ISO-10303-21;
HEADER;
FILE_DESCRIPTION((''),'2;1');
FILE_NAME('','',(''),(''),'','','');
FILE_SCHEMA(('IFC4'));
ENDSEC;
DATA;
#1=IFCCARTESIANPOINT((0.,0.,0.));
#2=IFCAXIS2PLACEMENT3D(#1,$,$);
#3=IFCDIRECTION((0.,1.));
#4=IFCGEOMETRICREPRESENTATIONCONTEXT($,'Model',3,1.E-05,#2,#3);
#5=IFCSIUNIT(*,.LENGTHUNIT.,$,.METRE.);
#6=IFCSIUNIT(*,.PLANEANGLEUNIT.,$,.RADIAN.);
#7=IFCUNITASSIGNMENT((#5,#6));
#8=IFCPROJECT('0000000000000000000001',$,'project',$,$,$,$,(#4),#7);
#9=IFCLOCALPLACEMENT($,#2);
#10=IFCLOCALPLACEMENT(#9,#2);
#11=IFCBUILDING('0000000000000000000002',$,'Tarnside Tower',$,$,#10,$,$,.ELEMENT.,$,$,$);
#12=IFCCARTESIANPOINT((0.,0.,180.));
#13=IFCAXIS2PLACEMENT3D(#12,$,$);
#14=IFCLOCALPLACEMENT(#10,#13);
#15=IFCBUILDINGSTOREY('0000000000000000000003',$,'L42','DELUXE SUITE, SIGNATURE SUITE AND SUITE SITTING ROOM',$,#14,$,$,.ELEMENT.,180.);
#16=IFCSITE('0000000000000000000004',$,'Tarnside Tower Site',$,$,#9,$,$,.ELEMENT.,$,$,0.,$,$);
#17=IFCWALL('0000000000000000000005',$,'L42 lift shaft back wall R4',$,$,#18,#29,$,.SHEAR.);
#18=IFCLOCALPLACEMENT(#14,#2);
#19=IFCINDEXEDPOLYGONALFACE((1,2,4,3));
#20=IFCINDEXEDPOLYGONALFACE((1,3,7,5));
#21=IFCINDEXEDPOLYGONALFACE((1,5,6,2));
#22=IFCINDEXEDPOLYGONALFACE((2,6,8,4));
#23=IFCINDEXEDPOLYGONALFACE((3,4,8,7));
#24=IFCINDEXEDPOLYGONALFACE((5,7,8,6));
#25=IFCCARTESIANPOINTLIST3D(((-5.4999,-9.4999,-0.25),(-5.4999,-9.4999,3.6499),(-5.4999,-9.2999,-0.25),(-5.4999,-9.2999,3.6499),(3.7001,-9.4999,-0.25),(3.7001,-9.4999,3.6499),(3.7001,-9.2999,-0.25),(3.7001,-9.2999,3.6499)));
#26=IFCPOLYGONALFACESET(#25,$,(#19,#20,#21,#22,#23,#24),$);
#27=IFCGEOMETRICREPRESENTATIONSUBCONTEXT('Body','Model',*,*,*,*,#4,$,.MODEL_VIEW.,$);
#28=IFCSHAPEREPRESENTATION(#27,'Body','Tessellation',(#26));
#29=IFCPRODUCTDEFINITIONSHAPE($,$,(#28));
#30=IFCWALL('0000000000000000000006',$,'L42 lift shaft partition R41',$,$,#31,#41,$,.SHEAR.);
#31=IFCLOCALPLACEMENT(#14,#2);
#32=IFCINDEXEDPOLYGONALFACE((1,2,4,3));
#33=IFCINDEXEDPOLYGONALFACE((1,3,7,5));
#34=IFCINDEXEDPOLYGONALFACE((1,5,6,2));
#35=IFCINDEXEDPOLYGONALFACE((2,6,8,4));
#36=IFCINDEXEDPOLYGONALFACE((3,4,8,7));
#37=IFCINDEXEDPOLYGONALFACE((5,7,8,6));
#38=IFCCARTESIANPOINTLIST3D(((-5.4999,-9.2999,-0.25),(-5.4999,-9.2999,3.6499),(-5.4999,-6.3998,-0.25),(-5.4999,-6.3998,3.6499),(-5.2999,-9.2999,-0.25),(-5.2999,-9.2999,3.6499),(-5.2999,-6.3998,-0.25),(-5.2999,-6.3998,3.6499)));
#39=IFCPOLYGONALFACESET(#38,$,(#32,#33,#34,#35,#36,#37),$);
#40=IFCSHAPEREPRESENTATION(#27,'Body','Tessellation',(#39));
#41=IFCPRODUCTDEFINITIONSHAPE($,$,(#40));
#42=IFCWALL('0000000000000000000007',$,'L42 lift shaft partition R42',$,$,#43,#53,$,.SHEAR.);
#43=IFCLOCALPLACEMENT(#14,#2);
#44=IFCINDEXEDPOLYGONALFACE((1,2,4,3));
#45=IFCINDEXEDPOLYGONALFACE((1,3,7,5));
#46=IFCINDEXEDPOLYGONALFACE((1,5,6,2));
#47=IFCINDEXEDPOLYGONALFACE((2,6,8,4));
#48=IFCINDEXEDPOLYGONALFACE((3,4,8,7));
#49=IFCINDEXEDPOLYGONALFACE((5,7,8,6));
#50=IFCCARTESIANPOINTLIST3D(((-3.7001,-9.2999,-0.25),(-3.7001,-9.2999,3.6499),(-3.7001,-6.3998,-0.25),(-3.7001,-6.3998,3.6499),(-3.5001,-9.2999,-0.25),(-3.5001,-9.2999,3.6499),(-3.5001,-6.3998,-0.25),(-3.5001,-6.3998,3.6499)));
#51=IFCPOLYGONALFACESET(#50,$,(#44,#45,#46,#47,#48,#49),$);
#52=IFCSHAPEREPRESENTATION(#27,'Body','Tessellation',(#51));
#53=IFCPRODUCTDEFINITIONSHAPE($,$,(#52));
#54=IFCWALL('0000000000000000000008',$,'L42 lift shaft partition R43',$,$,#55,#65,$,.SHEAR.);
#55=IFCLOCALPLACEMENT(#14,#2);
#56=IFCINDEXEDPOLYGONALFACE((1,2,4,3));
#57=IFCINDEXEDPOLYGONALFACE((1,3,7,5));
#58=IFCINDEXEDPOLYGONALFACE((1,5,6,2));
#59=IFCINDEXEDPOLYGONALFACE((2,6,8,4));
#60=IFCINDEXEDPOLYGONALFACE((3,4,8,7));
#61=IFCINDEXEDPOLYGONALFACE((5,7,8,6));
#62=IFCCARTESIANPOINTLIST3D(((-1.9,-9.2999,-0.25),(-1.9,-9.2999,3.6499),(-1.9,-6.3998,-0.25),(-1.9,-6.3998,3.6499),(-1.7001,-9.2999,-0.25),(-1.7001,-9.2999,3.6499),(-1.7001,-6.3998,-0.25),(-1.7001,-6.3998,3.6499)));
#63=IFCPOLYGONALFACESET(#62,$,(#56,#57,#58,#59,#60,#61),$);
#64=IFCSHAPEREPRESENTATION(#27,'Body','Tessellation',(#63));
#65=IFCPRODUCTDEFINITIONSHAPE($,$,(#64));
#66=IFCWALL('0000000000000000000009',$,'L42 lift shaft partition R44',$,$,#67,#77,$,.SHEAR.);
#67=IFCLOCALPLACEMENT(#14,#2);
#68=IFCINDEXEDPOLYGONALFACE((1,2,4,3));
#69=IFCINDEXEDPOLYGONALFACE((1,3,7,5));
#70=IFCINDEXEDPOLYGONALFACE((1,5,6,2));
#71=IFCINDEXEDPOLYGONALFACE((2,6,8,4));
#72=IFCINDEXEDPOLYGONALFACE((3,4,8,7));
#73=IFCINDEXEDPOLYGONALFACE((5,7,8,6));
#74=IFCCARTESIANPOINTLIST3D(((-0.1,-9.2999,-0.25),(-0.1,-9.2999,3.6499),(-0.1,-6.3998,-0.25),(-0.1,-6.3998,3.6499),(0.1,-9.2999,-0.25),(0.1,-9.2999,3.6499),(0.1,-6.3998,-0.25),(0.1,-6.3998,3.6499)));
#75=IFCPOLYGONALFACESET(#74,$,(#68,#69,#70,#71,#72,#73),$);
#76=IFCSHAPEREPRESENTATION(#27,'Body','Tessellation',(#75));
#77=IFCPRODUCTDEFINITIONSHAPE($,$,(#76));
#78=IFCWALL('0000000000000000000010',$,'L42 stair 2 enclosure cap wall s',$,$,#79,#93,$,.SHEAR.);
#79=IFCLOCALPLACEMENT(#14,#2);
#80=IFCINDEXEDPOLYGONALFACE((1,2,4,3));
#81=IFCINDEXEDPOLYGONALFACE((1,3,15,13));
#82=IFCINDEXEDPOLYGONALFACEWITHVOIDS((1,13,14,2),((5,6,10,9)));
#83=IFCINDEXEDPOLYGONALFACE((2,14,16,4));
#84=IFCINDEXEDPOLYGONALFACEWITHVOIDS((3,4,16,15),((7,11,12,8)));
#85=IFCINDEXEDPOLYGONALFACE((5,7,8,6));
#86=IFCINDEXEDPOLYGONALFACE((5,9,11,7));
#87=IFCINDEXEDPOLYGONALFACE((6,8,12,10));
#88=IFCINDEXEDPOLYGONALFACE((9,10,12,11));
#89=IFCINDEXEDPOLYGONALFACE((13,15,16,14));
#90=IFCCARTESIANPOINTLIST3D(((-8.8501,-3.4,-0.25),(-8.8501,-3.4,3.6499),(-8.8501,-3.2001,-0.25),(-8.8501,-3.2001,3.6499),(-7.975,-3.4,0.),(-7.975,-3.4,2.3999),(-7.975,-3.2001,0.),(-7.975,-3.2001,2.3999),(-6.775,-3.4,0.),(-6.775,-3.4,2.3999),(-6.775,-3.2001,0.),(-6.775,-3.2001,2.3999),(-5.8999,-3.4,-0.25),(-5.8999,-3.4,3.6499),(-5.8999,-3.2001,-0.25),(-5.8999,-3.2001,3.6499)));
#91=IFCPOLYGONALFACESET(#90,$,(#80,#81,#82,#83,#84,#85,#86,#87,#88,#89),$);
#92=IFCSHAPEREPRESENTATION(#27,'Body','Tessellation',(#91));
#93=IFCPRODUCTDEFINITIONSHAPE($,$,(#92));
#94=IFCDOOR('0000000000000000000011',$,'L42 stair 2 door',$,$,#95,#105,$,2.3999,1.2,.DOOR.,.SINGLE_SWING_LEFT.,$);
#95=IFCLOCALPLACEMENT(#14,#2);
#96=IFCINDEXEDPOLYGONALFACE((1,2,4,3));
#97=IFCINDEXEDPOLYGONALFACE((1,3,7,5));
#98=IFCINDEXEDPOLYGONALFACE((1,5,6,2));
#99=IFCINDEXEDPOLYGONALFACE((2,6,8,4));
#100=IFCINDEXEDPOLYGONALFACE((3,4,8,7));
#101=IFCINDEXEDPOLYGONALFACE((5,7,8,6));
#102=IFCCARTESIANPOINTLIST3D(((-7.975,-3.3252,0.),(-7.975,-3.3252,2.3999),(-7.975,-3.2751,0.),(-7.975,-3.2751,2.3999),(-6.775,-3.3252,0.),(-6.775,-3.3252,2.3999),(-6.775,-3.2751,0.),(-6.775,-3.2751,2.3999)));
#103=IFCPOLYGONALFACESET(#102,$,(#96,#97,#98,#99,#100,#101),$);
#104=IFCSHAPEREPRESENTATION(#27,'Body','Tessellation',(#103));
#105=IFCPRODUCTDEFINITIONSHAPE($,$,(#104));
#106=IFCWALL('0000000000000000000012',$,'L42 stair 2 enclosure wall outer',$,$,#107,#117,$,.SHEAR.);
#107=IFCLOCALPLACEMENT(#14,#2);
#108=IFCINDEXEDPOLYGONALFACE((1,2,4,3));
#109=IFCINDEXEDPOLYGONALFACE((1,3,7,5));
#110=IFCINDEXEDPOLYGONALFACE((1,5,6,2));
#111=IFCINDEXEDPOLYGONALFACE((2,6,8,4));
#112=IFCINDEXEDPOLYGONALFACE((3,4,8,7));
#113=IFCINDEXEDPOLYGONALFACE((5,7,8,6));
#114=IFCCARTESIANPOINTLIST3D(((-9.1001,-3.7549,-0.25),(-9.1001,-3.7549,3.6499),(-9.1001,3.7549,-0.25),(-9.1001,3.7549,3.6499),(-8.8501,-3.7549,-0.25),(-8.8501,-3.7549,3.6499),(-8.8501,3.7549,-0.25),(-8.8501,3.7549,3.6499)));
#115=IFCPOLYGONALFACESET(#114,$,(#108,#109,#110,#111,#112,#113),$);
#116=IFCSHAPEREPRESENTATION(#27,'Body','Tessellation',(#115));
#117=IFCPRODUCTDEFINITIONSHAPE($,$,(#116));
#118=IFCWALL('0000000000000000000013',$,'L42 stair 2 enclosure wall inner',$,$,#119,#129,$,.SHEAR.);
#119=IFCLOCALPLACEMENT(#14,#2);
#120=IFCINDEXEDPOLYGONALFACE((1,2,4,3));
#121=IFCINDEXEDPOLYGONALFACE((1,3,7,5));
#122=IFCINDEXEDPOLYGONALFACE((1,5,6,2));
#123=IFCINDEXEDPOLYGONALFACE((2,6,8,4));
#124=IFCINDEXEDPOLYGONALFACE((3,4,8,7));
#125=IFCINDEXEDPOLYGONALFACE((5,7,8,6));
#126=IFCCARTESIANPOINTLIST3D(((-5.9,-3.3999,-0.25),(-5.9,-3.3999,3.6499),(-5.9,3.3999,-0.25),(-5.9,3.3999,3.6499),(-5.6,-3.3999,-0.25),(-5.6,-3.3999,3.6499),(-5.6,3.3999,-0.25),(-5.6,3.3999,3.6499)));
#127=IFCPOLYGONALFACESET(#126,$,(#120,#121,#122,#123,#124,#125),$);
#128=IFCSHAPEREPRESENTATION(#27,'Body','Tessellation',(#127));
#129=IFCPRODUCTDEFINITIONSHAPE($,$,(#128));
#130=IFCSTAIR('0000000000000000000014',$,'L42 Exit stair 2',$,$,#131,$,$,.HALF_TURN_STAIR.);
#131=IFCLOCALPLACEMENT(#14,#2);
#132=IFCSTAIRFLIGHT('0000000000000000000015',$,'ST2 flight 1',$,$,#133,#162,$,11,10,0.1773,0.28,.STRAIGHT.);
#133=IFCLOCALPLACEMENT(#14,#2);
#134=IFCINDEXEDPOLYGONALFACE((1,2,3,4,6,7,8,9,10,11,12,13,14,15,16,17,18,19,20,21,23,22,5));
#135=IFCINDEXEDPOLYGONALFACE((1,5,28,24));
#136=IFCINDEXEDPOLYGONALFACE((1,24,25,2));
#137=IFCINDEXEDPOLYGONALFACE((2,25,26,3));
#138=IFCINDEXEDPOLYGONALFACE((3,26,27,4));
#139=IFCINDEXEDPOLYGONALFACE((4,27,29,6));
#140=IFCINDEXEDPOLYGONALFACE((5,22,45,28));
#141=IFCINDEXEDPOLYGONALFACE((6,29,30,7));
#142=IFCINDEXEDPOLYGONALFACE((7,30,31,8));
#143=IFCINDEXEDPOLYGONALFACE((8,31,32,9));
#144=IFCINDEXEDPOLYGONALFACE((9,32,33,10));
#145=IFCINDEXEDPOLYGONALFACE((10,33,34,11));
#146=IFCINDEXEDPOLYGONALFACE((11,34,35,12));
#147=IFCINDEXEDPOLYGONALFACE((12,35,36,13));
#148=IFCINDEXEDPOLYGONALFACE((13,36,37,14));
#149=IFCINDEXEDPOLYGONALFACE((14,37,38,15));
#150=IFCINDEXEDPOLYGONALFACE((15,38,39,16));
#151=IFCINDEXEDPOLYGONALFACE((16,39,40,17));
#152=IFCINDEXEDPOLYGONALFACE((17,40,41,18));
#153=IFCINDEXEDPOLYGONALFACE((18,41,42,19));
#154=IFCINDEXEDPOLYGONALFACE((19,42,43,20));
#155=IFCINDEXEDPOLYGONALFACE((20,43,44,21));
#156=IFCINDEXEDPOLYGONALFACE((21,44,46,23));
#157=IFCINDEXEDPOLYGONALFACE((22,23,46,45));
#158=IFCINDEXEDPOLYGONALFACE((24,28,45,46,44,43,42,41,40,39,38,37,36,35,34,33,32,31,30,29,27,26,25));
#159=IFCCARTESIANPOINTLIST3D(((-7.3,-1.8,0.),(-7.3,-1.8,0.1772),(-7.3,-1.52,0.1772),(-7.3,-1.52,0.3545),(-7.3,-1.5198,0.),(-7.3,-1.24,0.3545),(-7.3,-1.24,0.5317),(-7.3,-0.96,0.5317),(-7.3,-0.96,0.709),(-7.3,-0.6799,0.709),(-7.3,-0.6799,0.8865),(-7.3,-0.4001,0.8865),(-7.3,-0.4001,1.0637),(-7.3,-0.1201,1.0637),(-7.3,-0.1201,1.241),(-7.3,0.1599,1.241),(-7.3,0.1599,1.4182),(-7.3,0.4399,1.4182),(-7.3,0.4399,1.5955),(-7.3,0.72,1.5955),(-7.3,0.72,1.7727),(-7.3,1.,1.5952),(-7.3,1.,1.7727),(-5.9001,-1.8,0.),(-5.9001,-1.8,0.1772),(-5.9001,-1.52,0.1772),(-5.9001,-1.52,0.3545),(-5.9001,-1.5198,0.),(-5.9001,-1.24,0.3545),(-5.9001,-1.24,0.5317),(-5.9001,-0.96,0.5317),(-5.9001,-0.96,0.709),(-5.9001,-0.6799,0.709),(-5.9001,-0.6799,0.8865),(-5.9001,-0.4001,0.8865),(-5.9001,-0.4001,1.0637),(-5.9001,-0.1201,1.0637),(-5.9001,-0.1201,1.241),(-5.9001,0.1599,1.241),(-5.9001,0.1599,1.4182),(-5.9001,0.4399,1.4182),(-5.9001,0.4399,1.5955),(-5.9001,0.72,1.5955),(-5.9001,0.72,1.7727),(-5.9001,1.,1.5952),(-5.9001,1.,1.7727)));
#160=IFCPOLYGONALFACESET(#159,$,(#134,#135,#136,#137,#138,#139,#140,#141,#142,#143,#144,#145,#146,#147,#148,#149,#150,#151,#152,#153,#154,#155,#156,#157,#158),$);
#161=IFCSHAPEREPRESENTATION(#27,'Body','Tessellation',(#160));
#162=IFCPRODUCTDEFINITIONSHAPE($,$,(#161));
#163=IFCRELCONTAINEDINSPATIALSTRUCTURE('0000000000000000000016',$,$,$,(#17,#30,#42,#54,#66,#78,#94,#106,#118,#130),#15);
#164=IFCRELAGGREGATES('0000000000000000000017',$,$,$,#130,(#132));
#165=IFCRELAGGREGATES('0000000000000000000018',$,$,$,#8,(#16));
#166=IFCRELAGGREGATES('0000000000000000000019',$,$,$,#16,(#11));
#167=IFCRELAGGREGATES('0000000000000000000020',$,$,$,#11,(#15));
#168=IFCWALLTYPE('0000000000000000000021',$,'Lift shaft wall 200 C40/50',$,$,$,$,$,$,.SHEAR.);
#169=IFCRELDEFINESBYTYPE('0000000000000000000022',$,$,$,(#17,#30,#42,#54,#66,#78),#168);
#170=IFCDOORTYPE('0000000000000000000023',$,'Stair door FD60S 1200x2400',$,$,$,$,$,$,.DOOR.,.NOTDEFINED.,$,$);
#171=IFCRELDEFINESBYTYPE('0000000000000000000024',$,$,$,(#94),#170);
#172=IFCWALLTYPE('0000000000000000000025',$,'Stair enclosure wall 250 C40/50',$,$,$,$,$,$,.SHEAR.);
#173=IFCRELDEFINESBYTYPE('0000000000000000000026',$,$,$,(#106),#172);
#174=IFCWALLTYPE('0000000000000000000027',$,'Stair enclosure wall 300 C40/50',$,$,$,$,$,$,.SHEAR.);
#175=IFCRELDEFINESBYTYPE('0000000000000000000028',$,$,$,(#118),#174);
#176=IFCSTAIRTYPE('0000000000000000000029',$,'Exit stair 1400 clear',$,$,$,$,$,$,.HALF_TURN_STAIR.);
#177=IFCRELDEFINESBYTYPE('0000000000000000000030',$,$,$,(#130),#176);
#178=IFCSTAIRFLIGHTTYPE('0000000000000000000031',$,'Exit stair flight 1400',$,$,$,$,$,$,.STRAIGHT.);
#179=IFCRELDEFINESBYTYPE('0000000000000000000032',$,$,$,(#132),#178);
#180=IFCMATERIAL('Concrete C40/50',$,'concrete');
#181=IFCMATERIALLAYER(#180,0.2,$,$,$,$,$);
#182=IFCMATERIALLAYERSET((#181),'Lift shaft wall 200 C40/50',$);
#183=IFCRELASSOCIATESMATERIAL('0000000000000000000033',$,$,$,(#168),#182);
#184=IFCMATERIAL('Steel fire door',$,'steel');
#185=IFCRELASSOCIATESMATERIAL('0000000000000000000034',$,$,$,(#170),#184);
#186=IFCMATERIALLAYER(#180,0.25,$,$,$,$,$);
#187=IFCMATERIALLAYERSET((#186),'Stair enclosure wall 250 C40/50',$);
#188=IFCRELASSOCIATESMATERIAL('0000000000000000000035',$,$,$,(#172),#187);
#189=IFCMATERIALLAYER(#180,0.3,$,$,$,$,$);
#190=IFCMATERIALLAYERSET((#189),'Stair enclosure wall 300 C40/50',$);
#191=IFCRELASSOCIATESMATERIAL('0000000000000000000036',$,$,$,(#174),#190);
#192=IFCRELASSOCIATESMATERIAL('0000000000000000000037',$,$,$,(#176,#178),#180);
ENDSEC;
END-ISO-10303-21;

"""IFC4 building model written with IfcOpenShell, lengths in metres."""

from ifc_helpers import new_model, si_unit, direction, frame, frame_2d, origin, place, context, subcontext, project, spatial, polyline, rectangle, outline, extrude, material, layer, layer_set, type_object, element, fill, aggregate, save


model = new_model("IFC4")

# Units and contexts
model_context = context("Model", 3, precision=1e-05, world=origin(), true_north=direction((0.0, 1.0)))
body_context = subcontext(model_context, "Body", "Model", "MODEL_VIEW")
ifc_project = project(units=[si_unit("LENGTHUNIT", "METRE"), si_unit("PLANEANGLEUNIT", "RADIAN")], contexts=[model_context])

# Site, building, storey
site_placement = place(None, origin())
site = spatial("IfcSite", under=ifc_project, at=site_placement, Name="Tarnside Tower Site", CompositionType="ELEMENT", RefElevation=0.0)
building_placement = place(site_placement, origin())
building = spatial("IfcBuilding", under=site, at=building_placement, Name="Tarnside Tower", CompositionType="ELEMENT")
storey_placement = place(building_placement, frame((0.0, 0.0, 180.0)))
storey = spatial("IfcBuildingStorey", under=building, at=storey_placement, Name="L42", Description="DELUXE SUITE, SIGNATURE SUITE AND SUITE SITTING ROOM", CompositionType="ELEMENT", Elevation=180.0)

# Shared definitions
ifc_material_1 = material(Name="Concrete C40/50", Category="concrete")

# Shared definitions
ifc_layer_1 = layer(ifc_material_1, 0.2)
ifc_layer_set_1 = layer_set([ifc_layer_1], Name="Lift shaft wall 200 C40/50")
wall_type_1 = type_object("IfcWallType", Name="Lift shaft wall 200 C40/50", PredefinedType="SHEAR", material=ifc_layer_set_1)

# Walls
wall_1_placement = place(storey_placement, frame((-5.5, -9.3999, -0.25), z_axis=(0.0, 0.0, 1.0), x_axis=(1.0, 0.0, 0.0)))
element("IfcWall", 1, at=wall_1_placement, inside=storey, type_object=wall_type_1, Name="L42 lift shaft back wall R4", PredefinedType="SHEAR", context=body_context, shape_type="SweptSolid", body=[
    extrude(rectangle(XDim=9.2, YDim=0.2, at=frame_2d((4.6001, 0.0))), origin(), (0.0, 0.0, 1.0), 3.8999),
])
for number, where, z_axis, x_axis, name in (
    (2, (-5.3999, -9.3, -0.25), (0.0, 0.0, 1.0), (0.0, 1.0, 0.0), "L42 lift shaft partition R41"),
    (3, (-3.6001, -9.3, -0.25), (0.0, 0.0, 1.0), (0.0, 1.0, 0.0), "L42 lift shaft partition R42"),
    (4, (-1.8, -9.3, -0.25), (0.0, 0.0, 1.0), (0.0, 1.0, 0.0), "L42 lift shaft partition R43"),
    (5, (0.0, -9.3, -0.25), (0.0, 0.0, 1.0), (0.0, 1.0, 0.0), "L42 lift shaft partition R44"),
):
    element("IfcWall", number, at=place(storey_placement, frame(where, z_axis=z_axis, x_axis=x_axis)), inside=storey, type_object=wall_type_1, Name=name, PredefinedType="SHEAR", context=body_context, shape_type="SweptSolid", body=[
        extrude(rectangle(XDim=2.9001, YDim=0.2, at=frame_2d((1.4502, 0.0))), origin(), (0.0, 0.0, 1.0), 3.8999),
    ])

# Wall, opening, door
wall_2_placement = place(storey_placement, frame((-8.8501, -3.3, -0.25), z_axis=(0.0, 0.0, 1.0), x_axis=(1.0, 0.0, 0.0)))
wall_2 = element("IfcWall", 6, at=wall_2_placement, inside=storey, type_object=wall_type_1, Name="L42 stair 2 enclosure cap wall s", PredefinedType="SHEAR", context=body_context, shape_type="SweptSolid", body=[
    extrude(rectangle(XDim=2.9502, YDim=0.2, at=frame_2d((1.4751, 0.0))), origin(), (0.0, 0.0, 1.0), 3.8999),
])
opening_1_placement = place(wall_2_placement, frame((0.875, 0.0, 0.25)))
opening_1 = element("IfcOpeningElement", 7, at=opening_1_placement, cuts=wall_2, PredefinedType="OPENING", context=body_context, shape_type="SweptSolid", body=[
    extrude(rectangle(XDim=1.2, YDim=2.3999, at=frame_2d((0.6001, 1.2))), frame((0.0, 0.1099, 0.0), z_axis=(0.0, -1.0, 0.0), x_axis=(1.0, 0.0, 0.0)), (0.0, 0.0, 1.0), 0.22),
])
ifc_material_2 = material(Name="Steel fire door", Category="steel")
door_type_1 = type_object("IfcDoorType", Name="Stair door FD60S 1200x2400", OperationType="NOTDEFINED", PredefinedType="DOOR", material=ifc_material_2)
door_1_placement = place(opening_1_placement, origin())
door_1 = element("IfcDoor", 8, at=door_1_placement, inside=storey, type_object=door_type_1, Name="L42 stair 2 door", OperationType="SINGLE_SWING_LEFT", OverallHeight=2.3999, OverallWidth=1.2, PredefinedType="DOOR", context=body_context, shape_type="SweptSolid", body=[
    extrude(rectangle(XDim=1.2, YDim=2.3999, at=frame_2d((0.6001, 1.2))), frame((0.0, 0.0249, 0.0), z_axis=(0.0, -1.0, 0.0), x_axis=(1.0, 0.0, 0.0)), (0.0, 0.0, 1.0), 0.05),
])
fill(opening_1, door_1)

# Walls
ifc_layer_2 = layer(ifc_material_1, 0.25)
ifc_layer_set_2 = layer_set([ifc_layer_2], Name="Stair enclosure wall 250 C40/50")
wall_type_2 = type_object("IfcWallType", Name="Stair enclosure wall 250 C40/50", PredefinedType="SHEAR", material=ifc_layer_set_2)
wall_3_placement = place(storey_placement, frame((-8.9751, -3.7549, -0.25), z_axis=(0.0, 0.0, 1.0), x_axis=(0.0, 1.0, 0.0)))
element("IfcWall", 9, at=wall_3_placement, inside=storey, type_object=wall_type_2, Name="L42 stair 2 enclosure wall outer", PredefinedType="SHEAR", context=body_context, shape_type="SweptSolid", body=[
    extrude(rectangle(XDim=7.5098, YDim=0.25, at=frame_2d((3.7549, 0.0))), origin(), (0.0, 0.0, 1.0), 3.8999),
])
ifc_layer_3 = layer(ifc_material_1, 0.3)
ifc_layer_set_3 = layer_set([ifc_layer_3], Name="Stair enclosure wall 300 C40/50")
wall_type_3 = type_object("IfcWallType", Name="Stair enclosure wall 300 C40/50", PredefinedType="SHEAR", material=ifc_layer_set_3)
wall_4_placement = place(storey_placement, frame((-5.75, -3.3999, -0.25), z_axis=(0.0, 0.0, 1.0), x_axis=(0.0, 1.0, 0.0)))
element("IfcWall", 10, at=wall_4_placement, inside=storey, type_object=wall_type_3, Name="L42 stair 2 enclosure wall inner", PredefinedType="SHEAR", context=body_context, shape_type="SweptSolid", body=[
    extrude(rectangle(XDim=6.7998, YDim=0.3, at=frame_2d((3.3999, 0.0))), origin(), (0.0, 0.0, 1.0), 3.8999),
])

# Stair, stair flight
stair_type = type_object("IfcStairType", Name="Exit stair 1400 clear", PredefinedType="HALF_TURN_STAIR", material=ifc_material_1)
stair_placement = place(storey_placement, origin())
stair = element("IfcStair", 11, at=stair_placement, inside=storey, type_object=stair_type, Name="L42 Exit stair 2", PredefinedType="HALF_TURN_STAIR")
stair_flight_type = type_object("IfcStairFlightType", Name="Exit stair flight 1400", PredefinedType="STRAIGHT", material=ifc_material_1)
stair_flight_placement = place(storey_placement, frame((-6.6001, -1.8, 0.0), z_axis=(0.0, 0.0, 1.0), x_axis=(0.0, 1.0, 0.0)))
stair_flight = element("IfcStairFlight", 12, at=stair_flight_placement, type_object=stair_flight_type, Name="ST2 flight 1", NumberOfRisers=11, NumberOfTreads=10, PredefinedType="STRAIGHT", RiserHeight=0.1773, TreadLength=0.28, context=body_context, shape_type="SweptSolid", body=[
    extrude(outline(polyline([(0.0, 0.0), (0.0, 0.1772), (0.28, 0.1772), (0.28, 0.3545), (0.5601, 0.3545), (0.5601, 0.5317), (0.8401, 0.5317), (0.8401, 0.709), (1.1201, 0.709), (1.1201, 0.8865), (1.3999, 0.8865), (1.3999, 1.0637), (1.6799, 1.0637), (1.6799, 1.241), (1.96, 1.241), (1.96, 1.4182), (2.24, 1.4182), (2.24, 1.5955), (2.52, 1.5955), (2.52, 1.7727), (2.8, 1.7727), (2.8, 1.95), (2.8, 1.5952), (0.2803, 0.0), (0.0, 0.0)])), frame((0.0, 0.7, 0.0), z_axis=(0.0, -1.0, 0.0), x_axis=(1.0, 0.0, 0.0)), (0.0, 0.0, 1.0), 1.3999),
])
aggregate(stair, [stair_flight])

save(model, "model.ifc")
